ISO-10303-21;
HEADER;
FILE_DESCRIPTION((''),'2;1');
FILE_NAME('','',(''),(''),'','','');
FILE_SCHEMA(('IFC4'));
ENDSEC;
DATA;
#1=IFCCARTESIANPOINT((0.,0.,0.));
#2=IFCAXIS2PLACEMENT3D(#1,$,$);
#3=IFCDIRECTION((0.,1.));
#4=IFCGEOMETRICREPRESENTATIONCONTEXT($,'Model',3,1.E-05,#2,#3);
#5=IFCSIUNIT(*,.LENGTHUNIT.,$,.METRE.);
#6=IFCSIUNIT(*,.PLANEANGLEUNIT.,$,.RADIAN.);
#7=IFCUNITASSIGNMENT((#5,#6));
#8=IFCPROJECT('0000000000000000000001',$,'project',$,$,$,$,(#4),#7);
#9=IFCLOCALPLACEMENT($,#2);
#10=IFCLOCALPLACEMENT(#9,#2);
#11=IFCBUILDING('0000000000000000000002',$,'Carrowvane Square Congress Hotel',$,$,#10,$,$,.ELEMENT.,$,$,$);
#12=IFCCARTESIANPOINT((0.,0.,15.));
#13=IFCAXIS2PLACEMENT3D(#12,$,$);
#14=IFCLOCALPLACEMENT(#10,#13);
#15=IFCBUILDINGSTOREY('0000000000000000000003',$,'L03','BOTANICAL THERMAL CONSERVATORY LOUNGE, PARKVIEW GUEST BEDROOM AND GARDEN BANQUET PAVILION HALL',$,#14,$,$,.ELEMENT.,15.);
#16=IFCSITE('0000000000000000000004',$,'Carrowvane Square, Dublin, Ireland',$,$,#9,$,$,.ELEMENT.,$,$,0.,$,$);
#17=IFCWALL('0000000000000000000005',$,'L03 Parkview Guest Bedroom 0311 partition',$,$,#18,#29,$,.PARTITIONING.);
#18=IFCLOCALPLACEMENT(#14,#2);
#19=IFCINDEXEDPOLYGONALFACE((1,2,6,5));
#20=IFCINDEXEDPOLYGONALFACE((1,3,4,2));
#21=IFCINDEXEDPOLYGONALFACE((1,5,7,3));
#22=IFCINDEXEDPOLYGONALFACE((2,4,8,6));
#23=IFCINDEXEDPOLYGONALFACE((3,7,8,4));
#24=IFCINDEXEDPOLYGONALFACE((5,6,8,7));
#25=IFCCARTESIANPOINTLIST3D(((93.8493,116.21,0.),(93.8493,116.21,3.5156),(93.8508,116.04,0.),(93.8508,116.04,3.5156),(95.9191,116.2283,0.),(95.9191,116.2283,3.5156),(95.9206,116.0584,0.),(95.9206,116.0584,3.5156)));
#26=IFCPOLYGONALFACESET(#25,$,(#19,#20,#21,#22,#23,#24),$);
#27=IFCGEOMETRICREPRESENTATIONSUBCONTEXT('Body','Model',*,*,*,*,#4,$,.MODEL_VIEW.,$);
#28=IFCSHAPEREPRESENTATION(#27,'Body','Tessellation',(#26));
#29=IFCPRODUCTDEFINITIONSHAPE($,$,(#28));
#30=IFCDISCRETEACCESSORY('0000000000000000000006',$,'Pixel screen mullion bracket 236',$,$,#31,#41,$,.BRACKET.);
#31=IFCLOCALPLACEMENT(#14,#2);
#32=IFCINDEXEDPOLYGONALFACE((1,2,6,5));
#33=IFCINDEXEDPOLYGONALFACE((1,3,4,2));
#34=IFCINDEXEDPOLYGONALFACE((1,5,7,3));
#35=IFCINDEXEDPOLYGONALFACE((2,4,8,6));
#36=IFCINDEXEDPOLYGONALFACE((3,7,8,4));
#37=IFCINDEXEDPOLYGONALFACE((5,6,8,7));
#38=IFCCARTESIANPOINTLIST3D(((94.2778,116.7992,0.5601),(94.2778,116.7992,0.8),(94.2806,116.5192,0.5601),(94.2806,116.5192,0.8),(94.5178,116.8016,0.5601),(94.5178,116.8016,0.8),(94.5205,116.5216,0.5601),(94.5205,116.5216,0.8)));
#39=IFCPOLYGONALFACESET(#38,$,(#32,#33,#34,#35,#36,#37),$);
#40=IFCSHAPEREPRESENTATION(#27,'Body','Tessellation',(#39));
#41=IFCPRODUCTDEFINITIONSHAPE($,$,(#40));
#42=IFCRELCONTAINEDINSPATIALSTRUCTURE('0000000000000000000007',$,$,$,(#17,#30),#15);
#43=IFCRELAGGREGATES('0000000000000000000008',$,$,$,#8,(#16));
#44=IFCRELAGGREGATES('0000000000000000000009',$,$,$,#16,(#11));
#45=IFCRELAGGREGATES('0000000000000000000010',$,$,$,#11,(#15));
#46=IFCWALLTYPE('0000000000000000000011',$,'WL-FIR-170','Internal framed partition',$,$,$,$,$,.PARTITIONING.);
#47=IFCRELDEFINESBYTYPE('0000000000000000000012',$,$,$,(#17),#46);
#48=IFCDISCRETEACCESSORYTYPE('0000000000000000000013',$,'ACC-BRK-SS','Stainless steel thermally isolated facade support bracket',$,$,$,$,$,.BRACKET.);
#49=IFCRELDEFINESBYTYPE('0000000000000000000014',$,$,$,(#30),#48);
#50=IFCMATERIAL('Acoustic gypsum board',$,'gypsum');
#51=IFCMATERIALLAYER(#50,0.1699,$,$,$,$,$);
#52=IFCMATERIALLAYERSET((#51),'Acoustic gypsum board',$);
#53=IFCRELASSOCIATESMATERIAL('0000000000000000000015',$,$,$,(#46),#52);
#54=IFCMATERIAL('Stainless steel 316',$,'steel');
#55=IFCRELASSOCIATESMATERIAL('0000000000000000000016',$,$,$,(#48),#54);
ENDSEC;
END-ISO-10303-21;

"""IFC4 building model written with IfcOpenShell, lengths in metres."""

from ifc_helpers import new_model, si_unit, direction, frame, frame_2d, origin, origin_2d, place, context, subcontext, project, spatial, rectangle, extrude, material, layer, layer_set, type_object, element, save


model = new_model("IFC4")

# Units and contexts
model_context = context("Model", 3, precision=1e-05, world=origin(), true_north=direction((0.0, 1.0)))
body_context = subcontext(model_context, "Body", "Model", "MODEL_VIEW")
ifc_project = project(units=[si_unit("LENGTHUNIT", "METRE"), si_unit("PLANEANGLEUNIT", "RADIAN")], contexts=[model_context])

# Site, building, storey
site_placement = place(None, origin())
site = spatial("IfcSite", under=ifc_project, at=site_placement, Name="Carrowvane Square, Dublin, Ireland", CompositionType="ELEMENT", RefElevation=0.0)
building_placement = place(site_placement, origin())
building = spatial("IfcBuilding", under=site, at=building_placement, Name="Carrowvane Square Congress Hotel", CompositionType="ELEMENT")
storey_placement = place(building_placement, frame((0.0, 0.0, 15.0)))
storey = spatial("IfcBuildingStorey", under=building, at=storey_placement, Name="L03", Description="BOTANICAL THERMAL CONSERVATORY LOUNGE, PARKVIEW GUEST BEDROOM AND GARDEN BANQUET PAVILION HALL", CompositionType="ELEMENT", Elevation=15.0)

# Wall
ifc_material_1 = material(Name="Acoustic gypsum board", Category="gypsum")
ifc_layer_1 = layer(ifc_material_1, 0.1699)
ifc_layer_set_1 = layer_set([ifc_layer_1], Name="Acoustic gypsum board")
wall_type_1 = type_object("IfcWallType", Name="WL-FIR-170", Description="Internal framed partition", PredefinedType="PARTITIONING", material=ifc_layer_set_1)
wall_1_placement = place(storey_placement, frame((93.8501, 116.125, 0.0), z_axis=(0.0, 0.0, 1.0), x_axis=(0.999961, 0.008846, 0.0)))
element("IfcWall", 1, at=wall_1_placement, inside=storey, type_object=wall_type_1, Name="L03 Parkview Guest Bedroom 0311 partition", PredefinedType="PARTITIONING", context=body_context, shape_type="SweptSolid", body=[
    extrude(rectangle(XDim=2.0698, YDim=0.1699, at=frame_2d((1.0349, 0.0))), origin(), (0.0, 0.0, 1.0), 3.5156),
])

# Discrete accessory
ifc_material_2 = material(Name="Stainless steel 316", Category="steel")
discrete_accessory_type = type_object("IfcDiscreteAccessoryType", Name="ACC-BRK-SS", Description="Stainless steel thermally isolated facade support bracket", PredefinedType="BRACKET", material=ifc_material_2)
discrete_accessory_placement = place(storey_placement, frame((94.3992, 116.6604, 0.5601), z_axis=(0.0, 0.0, 1.0), x_axis=(0.999952, 0.009782, 0.0)))
element("IfcDiscreteAccessory", 2, at=discrete_accessory_placement, inside=storey, type_object=discrete_accessory_type, Name="Pixel screen mullion bracket 236", PredefinedType="BRACKET", context=body_context, shape_type="SweptSolid", body=[
    extrude(rectangle(XDim=0.24, YDim=0.28, at=origin_2d()), origin(), (0.0, 0.0, 1.0), 0.24),
])

save(model, "model.ifc")
